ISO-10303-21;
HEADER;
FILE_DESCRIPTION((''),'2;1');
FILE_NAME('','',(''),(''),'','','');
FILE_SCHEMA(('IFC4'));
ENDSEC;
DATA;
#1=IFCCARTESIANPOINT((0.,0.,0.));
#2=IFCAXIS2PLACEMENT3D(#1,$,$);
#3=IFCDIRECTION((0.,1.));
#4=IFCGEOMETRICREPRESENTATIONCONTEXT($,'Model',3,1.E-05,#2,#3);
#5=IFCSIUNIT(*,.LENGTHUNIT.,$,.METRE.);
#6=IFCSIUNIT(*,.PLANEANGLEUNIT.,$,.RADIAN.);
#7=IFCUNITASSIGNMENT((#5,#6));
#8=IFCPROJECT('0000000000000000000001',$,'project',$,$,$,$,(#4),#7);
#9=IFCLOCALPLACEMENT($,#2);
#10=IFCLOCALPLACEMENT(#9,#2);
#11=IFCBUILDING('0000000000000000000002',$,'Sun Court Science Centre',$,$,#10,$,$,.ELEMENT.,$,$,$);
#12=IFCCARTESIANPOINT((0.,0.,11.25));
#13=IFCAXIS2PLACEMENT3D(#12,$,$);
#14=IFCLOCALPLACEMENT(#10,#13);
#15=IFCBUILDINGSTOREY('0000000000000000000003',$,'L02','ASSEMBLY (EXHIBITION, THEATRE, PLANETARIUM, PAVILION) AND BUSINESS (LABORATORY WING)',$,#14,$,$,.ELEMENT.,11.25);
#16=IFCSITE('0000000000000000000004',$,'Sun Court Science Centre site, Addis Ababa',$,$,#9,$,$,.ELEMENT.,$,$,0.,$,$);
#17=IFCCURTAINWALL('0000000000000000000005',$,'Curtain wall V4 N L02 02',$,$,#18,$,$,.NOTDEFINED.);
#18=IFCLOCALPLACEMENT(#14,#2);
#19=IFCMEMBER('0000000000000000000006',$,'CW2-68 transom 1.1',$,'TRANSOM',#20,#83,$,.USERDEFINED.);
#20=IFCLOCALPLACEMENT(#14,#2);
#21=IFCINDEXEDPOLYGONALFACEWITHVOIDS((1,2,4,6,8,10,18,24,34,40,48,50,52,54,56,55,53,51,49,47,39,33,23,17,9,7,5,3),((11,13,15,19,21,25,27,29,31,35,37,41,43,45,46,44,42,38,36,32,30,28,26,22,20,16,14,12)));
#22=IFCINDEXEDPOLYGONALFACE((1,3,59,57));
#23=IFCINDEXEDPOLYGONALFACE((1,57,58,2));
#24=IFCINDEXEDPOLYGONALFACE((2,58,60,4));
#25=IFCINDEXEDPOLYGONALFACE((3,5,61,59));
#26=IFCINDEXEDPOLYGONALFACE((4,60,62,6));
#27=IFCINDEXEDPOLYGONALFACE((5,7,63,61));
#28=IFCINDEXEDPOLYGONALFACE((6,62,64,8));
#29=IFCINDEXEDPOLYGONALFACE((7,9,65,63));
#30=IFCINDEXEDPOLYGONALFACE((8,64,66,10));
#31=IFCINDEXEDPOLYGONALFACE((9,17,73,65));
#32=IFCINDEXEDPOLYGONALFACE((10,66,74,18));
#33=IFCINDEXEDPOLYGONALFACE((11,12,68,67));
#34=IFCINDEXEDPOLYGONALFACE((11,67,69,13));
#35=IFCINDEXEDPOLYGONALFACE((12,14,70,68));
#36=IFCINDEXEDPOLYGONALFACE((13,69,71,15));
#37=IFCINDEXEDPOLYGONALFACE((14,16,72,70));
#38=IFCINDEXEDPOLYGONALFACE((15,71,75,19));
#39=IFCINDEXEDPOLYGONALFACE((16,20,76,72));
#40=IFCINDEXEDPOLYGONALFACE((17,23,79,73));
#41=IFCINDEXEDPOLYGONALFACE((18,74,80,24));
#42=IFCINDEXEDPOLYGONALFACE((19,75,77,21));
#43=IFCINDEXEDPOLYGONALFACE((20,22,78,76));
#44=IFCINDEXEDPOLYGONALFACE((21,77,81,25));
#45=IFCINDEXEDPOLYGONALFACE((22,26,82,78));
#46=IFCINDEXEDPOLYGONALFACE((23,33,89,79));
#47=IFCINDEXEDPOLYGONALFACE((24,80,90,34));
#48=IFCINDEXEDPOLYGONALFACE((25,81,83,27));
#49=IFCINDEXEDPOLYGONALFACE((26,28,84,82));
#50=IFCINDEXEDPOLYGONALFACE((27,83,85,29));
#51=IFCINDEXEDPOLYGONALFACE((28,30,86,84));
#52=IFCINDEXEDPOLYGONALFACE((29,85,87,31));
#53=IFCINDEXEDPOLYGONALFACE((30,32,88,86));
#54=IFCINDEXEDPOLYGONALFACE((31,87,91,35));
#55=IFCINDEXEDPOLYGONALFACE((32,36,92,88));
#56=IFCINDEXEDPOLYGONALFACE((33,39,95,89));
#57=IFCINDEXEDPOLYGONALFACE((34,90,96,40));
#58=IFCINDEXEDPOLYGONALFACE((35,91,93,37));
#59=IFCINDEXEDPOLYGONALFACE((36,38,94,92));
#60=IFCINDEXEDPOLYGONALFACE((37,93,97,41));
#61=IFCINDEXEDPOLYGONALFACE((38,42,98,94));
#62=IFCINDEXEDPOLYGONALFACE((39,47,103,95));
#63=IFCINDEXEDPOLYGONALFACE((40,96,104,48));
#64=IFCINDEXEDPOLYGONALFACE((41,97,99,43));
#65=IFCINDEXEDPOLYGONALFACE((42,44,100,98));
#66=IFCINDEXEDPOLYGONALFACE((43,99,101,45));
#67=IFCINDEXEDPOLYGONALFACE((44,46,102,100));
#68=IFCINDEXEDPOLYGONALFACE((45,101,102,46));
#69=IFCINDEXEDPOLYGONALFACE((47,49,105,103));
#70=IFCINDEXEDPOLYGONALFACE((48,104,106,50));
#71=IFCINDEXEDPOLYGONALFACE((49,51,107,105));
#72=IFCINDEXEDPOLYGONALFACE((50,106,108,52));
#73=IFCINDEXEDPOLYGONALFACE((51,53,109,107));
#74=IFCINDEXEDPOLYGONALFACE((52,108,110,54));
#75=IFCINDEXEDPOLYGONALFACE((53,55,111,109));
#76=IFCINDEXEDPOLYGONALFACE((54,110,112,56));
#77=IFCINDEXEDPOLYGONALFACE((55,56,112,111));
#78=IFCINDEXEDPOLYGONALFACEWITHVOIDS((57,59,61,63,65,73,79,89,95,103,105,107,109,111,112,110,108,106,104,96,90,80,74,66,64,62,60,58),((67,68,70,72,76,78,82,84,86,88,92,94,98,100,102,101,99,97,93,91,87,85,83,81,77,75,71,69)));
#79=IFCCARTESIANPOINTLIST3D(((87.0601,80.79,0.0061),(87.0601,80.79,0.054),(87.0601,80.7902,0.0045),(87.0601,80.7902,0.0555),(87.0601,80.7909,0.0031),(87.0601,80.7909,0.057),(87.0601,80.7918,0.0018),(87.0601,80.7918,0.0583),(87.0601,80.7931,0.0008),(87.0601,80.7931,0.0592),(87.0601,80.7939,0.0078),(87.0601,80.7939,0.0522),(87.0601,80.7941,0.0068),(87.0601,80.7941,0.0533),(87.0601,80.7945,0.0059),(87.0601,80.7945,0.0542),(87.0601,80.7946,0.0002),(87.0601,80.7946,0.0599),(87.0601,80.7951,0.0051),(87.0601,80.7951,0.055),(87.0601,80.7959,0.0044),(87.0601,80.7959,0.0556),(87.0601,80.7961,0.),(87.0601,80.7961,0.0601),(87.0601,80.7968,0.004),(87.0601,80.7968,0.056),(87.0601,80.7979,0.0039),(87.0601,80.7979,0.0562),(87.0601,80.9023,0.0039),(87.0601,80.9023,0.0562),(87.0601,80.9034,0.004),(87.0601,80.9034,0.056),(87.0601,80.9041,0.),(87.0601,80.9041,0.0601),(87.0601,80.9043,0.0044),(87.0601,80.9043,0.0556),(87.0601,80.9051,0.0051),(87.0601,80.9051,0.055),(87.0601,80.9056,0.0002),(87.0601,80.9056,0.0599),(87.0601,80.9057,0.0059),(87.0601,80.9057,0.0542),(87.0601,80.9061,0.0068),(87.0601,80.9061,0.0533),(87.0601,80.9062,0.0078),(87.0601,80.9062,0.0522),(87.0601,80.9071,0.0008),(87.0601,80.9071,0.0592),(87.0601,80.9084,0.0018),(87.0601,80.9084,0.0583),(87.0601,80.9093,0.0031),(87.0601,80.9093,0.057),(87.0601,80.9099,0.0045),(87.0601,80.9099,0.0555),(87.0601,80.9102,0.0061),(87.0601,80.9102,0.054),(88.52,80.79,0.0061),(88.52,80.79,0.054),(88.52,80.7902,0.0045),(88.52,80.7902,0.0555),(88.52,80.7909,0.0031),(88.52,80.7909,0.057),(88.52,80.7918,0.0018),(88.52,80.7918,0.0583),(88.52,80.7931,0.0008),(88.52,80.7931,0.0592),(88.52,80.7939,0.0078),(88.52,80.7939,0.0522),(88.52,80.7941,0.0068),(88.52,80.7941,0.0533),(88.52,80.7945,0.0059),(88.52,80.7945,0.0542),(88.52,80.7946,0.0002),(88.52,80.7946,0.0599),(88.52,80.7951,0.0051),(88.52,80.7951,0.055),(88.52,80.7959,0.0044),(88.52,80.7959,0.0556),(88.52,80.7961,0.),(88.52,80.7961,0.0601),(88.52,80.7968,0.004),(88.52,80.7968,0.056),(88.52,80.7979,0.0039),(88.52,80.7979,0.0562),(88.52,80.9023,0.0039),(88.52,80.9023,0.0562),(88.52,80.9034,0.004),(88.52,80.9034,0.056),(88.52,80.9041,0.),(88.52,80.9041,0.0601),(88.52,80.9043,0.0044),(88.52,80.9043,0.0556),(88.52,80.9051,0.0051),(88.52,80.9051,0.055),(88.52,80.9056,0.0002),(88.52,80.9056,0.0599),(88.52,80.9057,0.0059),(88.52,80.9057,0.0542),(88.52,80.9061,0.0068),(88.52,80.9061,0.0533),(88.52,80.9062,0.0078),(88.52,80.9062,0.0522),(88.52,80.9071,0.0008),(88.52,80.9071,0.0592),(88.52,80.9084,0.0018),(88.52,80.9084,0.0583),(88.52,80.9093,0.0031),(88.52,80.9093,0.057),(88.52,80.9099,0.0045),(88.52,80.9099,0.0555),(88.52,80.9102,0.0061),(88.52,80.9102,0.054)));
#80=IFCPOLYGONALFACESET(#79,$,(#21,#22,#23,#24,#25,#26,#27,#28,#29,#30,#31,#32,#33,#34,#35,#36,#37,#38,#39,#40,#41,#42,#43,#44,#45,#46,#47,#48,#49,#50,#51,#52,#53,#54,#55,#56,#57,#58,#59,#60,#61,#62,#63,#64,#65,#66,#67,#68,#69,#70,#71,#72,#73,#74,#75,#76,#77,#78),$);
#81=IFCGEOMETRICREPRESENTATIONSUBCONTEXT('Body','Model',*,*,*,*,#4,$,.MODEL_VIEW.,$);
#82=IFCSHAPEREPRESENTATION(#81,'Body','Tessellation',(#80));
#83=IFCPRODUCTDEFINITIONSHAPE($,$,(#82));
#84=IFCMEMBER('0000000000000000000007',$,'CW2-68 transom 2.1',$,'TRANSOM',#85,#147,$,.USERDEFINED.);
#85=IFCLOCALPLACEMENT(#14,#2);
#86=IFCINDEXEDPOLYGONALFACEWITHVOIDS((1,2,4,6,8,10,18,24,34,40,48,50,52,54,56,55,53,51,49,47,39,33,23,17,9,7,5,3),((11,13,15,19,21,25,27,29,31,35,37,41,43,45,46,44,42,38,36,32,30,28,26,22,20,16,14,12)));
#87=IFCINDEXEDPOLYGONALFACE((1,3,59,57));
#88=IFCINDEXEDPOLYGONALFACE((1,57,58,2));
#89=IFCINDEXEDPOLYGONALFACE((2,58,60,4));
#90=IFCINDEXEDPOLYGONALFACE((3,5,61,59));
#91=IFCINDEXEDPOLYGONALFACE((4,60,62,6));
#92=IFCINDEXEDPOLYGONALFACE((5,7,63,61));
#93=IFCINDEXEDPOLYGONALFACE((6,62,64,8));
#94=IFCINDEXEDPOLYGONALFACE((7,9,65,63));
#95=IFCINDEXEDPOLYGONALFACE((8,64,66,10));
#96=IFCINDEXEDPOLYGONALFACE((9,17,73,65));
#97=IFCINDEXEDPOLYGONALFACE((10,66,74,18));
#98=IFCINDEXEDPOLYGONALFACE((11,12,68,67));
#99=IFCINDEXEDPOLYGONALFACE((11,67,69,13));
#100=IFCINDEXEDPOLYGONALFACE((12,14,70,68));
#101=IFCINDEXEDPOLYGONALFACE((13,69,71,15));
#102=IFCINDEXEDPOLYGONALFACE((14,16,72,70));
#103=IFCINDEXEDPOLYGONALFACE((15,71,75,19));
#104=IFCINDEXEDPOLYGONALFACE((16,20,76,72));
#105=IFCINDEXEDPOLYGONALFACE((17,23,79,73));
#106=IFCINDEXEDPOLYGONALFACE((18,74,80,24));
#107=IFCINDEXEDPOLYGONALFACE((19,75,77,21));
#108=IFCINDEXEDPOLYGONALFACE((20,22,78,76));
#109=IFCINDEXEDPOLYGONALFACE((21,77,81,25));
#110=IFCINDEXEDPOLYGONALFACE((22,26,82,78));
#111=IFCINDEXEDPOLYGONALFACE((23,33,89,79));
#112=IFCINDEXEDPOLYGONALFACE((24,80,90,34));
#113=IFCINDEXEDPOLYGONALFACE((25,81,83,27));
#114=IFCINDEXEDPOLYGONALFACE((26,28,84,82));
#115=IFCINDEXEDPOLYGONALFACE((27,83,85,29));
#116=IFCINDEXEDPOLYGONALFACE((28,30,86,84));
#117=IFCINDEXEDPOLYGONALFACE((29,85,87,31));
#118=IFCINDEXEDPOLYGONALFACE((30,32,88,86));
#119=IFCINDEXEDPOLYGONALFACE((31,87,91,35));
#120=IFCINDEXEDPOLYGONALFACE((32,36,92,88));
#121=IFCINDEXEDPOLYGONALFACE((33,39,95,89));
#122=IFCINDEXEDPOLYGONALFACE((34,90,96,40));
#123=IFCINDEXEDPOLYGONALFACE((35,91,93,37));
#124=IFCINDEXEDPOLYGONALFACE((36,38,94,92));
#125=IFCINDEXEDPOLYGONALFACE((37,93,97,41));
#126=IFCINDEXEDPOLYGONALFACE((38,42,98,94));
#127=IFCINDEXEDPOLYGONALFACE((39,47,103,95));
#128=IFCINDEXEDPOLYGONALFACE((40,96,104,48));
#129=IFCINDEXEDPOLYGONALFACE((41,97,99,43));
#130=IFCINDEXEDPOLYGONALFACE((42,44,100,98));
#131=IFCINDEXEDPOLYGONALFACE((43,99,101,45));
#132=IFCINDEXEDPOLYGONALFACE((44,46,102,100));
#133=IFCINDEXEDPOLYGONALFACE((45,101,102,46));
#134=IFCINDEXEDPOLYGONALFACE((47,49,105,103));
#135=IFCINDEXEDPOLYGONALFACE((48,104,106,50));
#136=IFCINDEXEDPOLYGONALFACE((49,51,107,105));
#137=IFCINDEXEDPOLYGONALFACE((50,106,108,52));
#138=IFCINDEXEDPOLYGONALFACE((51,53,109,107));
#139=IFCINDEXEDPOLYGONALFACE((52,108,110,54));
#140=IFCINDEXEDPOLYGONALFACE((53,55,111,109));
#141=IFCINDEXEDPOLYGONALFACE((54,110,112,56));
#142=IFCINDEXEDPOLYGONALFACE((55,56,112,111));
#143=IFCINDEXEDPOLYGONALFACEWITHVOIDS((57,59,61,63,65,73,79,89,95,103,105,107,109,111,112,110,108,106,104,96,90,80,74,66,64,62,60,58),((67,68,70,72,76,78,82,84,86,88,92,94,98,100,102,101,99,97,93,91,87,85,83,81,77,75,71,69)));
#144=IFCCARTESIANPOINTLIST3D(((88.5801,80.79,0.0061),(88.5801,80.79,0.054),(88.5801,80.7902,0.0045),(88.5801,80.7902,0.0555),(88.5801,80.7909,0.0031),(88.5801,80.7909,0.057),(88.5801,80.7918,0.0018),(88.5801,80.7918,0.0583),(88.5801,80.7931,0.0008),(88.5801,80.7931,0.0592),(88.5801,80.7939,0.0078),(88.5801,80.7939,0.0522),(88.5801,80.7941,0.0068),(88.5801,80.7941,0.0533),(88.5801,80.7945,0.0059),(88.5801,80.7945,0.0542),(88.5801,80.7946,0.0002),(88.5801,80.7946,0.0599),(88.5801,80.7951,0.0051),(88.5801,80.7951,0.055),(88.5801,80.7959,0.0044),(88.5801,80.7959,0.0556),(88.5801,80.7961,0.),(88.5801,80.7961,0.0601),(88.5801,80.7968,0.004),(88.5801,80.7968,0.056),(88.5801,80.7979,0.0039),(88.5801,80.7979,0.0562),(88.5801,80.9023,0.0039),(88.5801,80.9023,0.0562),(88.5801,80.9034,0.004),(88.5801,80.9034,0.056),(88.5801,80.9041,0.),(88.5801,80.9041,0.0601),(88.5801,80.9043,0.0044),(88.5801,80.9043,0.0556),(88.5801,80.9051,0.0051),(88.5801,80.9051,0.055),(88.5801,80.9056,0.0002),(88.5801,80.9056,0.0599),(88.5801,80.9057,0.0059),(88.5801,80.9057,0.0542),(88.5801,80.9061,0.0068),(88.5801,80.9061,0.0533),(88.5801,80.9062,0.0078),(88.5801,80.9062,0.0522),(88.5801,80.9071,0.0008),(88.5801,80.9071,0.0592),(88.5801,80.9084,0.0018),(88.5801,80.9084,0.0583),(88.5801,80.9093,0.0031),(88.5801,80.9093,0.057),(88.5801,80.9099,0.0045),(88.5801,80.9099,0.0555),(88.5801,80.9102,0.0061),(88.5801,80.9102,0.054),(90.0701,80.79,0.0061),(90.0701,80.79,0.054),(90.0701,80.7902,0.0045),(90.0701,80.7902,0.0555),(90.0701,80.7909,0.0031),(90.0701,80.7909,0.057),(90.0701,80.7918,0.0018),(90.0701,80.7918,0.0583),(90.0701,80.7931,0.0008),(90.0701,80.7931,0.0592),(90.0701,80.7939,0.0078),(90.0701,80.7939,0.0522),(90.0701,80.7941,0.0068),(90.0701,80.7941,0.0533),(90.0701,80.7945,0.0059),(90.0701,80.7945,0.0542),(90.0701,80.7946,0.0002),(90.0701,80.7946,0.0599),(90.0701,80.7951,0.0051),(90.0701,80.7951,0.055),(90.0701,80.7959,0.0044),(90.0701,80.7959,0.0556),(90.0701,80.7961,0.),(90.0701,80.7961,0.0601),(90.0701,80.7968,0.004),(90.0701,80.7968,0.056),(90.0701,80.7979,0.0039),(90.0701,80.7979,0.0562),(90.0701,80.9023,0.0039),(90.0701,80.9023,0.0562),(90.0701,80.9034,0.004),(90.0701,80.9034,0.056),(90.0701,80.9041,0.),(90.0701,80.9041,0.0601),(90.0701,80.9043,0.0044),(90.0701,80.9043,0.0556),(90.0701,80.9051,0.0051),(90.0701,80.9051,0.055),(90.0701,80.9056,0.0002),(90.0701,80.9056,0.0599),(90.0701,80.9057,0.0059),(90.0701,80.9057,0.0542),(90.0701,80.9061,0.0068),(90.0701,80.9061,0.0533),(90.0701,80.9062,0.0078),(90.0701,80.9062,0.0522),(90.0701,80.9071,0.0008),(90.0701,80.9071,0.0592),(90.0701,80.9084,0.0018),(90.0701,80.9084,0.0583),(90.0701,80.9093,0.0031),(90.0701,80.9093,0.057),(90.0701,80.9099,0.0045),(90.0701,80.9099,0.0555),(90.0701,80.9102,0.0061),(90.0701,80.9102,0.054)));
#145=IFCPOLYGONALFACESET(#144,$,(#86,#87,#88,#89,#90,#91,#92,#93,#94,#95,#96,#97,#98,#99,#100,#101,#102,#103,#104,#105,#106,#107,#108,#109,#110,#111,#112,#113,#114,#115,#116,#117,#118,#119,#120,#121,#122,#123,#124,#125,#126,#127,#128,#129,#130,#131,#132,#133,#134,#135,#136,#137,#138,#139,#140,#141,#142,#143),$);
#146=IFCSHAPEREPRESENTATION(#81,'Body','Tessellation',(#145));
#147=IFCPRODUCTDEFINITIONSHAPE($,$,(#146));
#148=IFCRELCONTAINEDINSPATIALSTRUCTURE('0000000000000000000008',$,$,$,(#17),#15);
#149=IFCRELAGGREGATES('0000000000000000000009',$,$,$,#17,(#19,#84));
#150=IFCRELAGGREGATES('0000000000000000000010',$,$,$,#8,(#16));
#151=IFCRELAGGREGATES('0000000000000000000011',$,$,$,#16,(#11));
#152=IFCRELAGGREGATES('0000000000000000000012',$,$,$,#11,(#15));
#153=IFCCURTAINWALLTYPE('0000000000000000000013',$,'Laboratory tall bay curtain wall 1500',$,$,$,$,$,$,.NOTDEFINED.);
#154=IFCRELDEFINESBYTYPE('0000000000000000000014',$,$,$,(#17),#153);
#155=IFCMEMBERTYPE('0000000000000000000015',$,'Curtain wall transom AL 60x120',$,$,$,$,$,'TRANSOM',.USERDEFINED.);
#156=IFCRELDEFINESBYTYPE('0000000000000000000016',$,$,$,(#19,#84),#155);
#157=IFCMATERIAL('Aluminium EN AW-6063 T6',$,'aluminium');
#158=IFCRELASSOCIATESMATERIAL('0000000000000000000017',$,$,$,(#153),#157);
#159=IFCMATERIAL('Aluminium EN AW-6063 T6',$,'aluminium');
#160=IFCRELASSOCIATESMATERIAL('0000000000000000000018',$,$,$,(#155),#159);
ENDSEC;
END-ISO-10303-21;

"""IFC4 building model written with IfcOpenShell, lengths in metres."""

from ifc_helpers import new_model, si_unit, direction, frame, origin, origin_2d, place, context, subcontext, project, spatial, hollow_rectangle, extrude, material, material_profile, profile_set, type_object, element, aggregate, save


model = new_model("IFC4")

# Units and contexts
model_context = context("Model", 3, precision=1e-05, world=origin(), true_north=direction((0.0, 1.0)))
body_context = subcontext(model_context, "Body", "Model", "MODEL_VIEW")
ifc_project = project(units=[si_unit("LENGTHUNIT", "METRE"), si_unit("PLANEANGLEUNIT", "RADIAN")], contexts=[model_context])

# Site, building, storey
site_placement = place(None, origin())
site = spatial("IfcSite", under=ifc_project, at=site_placement, Name="Sun Court Science Centre site, Addis Ababa", CompositionType="ELEMENT", RefElevation=0.0)
building_placement = place(site_placement, origin())
building = spatial("IfcBuilding", under=site, at=building_placement, Name="Sun Court Science Centre", CompositionType="ELEMENT")
storey_placement = place(building_placement, frame((0.0, 0.0, 11.25)))
storey = spatial("IfcBuildingStorey", under=building, at=storey_placement, Name="L02", Description="ASSEMBLY (EXHIBITION, THEATRE, PLANETARIUM, PAVILION) AND BUSINESS (LABORATORY WING)", CompositionType="ELEMENT", Elevation=11.25)

# Curtain wall, members
ifc_material_1 = material(Name="Aluminium EN AW-6063 T6", Category="aluminium")
curtain_wall_type = type_object("IfcCurtainWallType", Name="Laboratory tall bay curtain wall 1500", PredefinedType="NOTDEFINED", material=ifc_material_1)
curtain_wall_placement = place(storey_placement, origin())
curtain_wall = element("IfcCurtainWall", 1, at=curtain_wall_placement, inside=storey, type_object=curtain_wall_type, Name="Curtain wall V4 N L02 02", PredefinedType="NOTDEFINED")
ifc_material_2 = material(Name="Aluminium EN AW-6063 T6", Category="aluminium")
ifc_material_profile_1 = material_profile(ifc_material_2, hollow_rectangle(XDim=0.0601, YDim=0.1201, WallThickness=0.0039, InnerFilletRadius=0.0039, OuterFilletRadius=0.0061, at=origin_2d()), Name="AL 60x120x4")
ifc_profile_set_1 = profile_set([ifc_material_profile_1], Name="Aluminium EN AW-6063 T6")
member_type_1 = type_object("IfcMemberType", Name="Curtain wall transom AL 60x120", ElementType="TRANSOM", PredefinedType="USERDEFINED", material=ifc_profile_set_1)
member_1_placement = place(storey_placement, frame((87.0601, 80.8501, 0.03), z_axis=(1.0, 0.0, 0.0), x_axis=(0.0, 0.0, 1.0)))
member_1 = element("IfcMember", 2, at=member_1_placement, type_object=member_type_1, Name="CW2-68 transom 1.1", ObjectType="TRANSOM", PredefinedType="USERDEFINED", context=body_context, shape_type="SweptSolid", body=[
    extrude(hollow_rectangle(XDim=0.0601, YDim=0.1201, WallThickness=0.0039, InnerFilletRadius=0.0039, OuterFilletRadius=0.0061, at=origin_2d()), origin(), (0.0, 0.0, 1.0), 1.46),
])
member_2_placement = place(storey_placement, frame((88.5801, 80.8501, 0.03), z_axis=(1.0, 0.0, 0.0), x_axis=(0.0, 0.0, 1.0)))
member_2 = element("IfcMember", 3, at=member_2_placement, type_object=member_type_1, Name="CW2-68 transom 2.1", ObjectType="TRANSOM", PredefinedType="USERDEFINED", context=body_context, shape_type="SweptSolid", body=[
    extrude(hollow_rectangle(XDim=0.0601, YDim=0.1201, WallThickness=0.0039, InnerFilletRadius=0.0039, OuterFilletRadius=0.0061, at=origin_2d()), origin(), (0.0, 0.0, 1.0), 1.49),
])
aggregate(curtain_wall, [member_1, member_2])

save(model, "model.ifc")
